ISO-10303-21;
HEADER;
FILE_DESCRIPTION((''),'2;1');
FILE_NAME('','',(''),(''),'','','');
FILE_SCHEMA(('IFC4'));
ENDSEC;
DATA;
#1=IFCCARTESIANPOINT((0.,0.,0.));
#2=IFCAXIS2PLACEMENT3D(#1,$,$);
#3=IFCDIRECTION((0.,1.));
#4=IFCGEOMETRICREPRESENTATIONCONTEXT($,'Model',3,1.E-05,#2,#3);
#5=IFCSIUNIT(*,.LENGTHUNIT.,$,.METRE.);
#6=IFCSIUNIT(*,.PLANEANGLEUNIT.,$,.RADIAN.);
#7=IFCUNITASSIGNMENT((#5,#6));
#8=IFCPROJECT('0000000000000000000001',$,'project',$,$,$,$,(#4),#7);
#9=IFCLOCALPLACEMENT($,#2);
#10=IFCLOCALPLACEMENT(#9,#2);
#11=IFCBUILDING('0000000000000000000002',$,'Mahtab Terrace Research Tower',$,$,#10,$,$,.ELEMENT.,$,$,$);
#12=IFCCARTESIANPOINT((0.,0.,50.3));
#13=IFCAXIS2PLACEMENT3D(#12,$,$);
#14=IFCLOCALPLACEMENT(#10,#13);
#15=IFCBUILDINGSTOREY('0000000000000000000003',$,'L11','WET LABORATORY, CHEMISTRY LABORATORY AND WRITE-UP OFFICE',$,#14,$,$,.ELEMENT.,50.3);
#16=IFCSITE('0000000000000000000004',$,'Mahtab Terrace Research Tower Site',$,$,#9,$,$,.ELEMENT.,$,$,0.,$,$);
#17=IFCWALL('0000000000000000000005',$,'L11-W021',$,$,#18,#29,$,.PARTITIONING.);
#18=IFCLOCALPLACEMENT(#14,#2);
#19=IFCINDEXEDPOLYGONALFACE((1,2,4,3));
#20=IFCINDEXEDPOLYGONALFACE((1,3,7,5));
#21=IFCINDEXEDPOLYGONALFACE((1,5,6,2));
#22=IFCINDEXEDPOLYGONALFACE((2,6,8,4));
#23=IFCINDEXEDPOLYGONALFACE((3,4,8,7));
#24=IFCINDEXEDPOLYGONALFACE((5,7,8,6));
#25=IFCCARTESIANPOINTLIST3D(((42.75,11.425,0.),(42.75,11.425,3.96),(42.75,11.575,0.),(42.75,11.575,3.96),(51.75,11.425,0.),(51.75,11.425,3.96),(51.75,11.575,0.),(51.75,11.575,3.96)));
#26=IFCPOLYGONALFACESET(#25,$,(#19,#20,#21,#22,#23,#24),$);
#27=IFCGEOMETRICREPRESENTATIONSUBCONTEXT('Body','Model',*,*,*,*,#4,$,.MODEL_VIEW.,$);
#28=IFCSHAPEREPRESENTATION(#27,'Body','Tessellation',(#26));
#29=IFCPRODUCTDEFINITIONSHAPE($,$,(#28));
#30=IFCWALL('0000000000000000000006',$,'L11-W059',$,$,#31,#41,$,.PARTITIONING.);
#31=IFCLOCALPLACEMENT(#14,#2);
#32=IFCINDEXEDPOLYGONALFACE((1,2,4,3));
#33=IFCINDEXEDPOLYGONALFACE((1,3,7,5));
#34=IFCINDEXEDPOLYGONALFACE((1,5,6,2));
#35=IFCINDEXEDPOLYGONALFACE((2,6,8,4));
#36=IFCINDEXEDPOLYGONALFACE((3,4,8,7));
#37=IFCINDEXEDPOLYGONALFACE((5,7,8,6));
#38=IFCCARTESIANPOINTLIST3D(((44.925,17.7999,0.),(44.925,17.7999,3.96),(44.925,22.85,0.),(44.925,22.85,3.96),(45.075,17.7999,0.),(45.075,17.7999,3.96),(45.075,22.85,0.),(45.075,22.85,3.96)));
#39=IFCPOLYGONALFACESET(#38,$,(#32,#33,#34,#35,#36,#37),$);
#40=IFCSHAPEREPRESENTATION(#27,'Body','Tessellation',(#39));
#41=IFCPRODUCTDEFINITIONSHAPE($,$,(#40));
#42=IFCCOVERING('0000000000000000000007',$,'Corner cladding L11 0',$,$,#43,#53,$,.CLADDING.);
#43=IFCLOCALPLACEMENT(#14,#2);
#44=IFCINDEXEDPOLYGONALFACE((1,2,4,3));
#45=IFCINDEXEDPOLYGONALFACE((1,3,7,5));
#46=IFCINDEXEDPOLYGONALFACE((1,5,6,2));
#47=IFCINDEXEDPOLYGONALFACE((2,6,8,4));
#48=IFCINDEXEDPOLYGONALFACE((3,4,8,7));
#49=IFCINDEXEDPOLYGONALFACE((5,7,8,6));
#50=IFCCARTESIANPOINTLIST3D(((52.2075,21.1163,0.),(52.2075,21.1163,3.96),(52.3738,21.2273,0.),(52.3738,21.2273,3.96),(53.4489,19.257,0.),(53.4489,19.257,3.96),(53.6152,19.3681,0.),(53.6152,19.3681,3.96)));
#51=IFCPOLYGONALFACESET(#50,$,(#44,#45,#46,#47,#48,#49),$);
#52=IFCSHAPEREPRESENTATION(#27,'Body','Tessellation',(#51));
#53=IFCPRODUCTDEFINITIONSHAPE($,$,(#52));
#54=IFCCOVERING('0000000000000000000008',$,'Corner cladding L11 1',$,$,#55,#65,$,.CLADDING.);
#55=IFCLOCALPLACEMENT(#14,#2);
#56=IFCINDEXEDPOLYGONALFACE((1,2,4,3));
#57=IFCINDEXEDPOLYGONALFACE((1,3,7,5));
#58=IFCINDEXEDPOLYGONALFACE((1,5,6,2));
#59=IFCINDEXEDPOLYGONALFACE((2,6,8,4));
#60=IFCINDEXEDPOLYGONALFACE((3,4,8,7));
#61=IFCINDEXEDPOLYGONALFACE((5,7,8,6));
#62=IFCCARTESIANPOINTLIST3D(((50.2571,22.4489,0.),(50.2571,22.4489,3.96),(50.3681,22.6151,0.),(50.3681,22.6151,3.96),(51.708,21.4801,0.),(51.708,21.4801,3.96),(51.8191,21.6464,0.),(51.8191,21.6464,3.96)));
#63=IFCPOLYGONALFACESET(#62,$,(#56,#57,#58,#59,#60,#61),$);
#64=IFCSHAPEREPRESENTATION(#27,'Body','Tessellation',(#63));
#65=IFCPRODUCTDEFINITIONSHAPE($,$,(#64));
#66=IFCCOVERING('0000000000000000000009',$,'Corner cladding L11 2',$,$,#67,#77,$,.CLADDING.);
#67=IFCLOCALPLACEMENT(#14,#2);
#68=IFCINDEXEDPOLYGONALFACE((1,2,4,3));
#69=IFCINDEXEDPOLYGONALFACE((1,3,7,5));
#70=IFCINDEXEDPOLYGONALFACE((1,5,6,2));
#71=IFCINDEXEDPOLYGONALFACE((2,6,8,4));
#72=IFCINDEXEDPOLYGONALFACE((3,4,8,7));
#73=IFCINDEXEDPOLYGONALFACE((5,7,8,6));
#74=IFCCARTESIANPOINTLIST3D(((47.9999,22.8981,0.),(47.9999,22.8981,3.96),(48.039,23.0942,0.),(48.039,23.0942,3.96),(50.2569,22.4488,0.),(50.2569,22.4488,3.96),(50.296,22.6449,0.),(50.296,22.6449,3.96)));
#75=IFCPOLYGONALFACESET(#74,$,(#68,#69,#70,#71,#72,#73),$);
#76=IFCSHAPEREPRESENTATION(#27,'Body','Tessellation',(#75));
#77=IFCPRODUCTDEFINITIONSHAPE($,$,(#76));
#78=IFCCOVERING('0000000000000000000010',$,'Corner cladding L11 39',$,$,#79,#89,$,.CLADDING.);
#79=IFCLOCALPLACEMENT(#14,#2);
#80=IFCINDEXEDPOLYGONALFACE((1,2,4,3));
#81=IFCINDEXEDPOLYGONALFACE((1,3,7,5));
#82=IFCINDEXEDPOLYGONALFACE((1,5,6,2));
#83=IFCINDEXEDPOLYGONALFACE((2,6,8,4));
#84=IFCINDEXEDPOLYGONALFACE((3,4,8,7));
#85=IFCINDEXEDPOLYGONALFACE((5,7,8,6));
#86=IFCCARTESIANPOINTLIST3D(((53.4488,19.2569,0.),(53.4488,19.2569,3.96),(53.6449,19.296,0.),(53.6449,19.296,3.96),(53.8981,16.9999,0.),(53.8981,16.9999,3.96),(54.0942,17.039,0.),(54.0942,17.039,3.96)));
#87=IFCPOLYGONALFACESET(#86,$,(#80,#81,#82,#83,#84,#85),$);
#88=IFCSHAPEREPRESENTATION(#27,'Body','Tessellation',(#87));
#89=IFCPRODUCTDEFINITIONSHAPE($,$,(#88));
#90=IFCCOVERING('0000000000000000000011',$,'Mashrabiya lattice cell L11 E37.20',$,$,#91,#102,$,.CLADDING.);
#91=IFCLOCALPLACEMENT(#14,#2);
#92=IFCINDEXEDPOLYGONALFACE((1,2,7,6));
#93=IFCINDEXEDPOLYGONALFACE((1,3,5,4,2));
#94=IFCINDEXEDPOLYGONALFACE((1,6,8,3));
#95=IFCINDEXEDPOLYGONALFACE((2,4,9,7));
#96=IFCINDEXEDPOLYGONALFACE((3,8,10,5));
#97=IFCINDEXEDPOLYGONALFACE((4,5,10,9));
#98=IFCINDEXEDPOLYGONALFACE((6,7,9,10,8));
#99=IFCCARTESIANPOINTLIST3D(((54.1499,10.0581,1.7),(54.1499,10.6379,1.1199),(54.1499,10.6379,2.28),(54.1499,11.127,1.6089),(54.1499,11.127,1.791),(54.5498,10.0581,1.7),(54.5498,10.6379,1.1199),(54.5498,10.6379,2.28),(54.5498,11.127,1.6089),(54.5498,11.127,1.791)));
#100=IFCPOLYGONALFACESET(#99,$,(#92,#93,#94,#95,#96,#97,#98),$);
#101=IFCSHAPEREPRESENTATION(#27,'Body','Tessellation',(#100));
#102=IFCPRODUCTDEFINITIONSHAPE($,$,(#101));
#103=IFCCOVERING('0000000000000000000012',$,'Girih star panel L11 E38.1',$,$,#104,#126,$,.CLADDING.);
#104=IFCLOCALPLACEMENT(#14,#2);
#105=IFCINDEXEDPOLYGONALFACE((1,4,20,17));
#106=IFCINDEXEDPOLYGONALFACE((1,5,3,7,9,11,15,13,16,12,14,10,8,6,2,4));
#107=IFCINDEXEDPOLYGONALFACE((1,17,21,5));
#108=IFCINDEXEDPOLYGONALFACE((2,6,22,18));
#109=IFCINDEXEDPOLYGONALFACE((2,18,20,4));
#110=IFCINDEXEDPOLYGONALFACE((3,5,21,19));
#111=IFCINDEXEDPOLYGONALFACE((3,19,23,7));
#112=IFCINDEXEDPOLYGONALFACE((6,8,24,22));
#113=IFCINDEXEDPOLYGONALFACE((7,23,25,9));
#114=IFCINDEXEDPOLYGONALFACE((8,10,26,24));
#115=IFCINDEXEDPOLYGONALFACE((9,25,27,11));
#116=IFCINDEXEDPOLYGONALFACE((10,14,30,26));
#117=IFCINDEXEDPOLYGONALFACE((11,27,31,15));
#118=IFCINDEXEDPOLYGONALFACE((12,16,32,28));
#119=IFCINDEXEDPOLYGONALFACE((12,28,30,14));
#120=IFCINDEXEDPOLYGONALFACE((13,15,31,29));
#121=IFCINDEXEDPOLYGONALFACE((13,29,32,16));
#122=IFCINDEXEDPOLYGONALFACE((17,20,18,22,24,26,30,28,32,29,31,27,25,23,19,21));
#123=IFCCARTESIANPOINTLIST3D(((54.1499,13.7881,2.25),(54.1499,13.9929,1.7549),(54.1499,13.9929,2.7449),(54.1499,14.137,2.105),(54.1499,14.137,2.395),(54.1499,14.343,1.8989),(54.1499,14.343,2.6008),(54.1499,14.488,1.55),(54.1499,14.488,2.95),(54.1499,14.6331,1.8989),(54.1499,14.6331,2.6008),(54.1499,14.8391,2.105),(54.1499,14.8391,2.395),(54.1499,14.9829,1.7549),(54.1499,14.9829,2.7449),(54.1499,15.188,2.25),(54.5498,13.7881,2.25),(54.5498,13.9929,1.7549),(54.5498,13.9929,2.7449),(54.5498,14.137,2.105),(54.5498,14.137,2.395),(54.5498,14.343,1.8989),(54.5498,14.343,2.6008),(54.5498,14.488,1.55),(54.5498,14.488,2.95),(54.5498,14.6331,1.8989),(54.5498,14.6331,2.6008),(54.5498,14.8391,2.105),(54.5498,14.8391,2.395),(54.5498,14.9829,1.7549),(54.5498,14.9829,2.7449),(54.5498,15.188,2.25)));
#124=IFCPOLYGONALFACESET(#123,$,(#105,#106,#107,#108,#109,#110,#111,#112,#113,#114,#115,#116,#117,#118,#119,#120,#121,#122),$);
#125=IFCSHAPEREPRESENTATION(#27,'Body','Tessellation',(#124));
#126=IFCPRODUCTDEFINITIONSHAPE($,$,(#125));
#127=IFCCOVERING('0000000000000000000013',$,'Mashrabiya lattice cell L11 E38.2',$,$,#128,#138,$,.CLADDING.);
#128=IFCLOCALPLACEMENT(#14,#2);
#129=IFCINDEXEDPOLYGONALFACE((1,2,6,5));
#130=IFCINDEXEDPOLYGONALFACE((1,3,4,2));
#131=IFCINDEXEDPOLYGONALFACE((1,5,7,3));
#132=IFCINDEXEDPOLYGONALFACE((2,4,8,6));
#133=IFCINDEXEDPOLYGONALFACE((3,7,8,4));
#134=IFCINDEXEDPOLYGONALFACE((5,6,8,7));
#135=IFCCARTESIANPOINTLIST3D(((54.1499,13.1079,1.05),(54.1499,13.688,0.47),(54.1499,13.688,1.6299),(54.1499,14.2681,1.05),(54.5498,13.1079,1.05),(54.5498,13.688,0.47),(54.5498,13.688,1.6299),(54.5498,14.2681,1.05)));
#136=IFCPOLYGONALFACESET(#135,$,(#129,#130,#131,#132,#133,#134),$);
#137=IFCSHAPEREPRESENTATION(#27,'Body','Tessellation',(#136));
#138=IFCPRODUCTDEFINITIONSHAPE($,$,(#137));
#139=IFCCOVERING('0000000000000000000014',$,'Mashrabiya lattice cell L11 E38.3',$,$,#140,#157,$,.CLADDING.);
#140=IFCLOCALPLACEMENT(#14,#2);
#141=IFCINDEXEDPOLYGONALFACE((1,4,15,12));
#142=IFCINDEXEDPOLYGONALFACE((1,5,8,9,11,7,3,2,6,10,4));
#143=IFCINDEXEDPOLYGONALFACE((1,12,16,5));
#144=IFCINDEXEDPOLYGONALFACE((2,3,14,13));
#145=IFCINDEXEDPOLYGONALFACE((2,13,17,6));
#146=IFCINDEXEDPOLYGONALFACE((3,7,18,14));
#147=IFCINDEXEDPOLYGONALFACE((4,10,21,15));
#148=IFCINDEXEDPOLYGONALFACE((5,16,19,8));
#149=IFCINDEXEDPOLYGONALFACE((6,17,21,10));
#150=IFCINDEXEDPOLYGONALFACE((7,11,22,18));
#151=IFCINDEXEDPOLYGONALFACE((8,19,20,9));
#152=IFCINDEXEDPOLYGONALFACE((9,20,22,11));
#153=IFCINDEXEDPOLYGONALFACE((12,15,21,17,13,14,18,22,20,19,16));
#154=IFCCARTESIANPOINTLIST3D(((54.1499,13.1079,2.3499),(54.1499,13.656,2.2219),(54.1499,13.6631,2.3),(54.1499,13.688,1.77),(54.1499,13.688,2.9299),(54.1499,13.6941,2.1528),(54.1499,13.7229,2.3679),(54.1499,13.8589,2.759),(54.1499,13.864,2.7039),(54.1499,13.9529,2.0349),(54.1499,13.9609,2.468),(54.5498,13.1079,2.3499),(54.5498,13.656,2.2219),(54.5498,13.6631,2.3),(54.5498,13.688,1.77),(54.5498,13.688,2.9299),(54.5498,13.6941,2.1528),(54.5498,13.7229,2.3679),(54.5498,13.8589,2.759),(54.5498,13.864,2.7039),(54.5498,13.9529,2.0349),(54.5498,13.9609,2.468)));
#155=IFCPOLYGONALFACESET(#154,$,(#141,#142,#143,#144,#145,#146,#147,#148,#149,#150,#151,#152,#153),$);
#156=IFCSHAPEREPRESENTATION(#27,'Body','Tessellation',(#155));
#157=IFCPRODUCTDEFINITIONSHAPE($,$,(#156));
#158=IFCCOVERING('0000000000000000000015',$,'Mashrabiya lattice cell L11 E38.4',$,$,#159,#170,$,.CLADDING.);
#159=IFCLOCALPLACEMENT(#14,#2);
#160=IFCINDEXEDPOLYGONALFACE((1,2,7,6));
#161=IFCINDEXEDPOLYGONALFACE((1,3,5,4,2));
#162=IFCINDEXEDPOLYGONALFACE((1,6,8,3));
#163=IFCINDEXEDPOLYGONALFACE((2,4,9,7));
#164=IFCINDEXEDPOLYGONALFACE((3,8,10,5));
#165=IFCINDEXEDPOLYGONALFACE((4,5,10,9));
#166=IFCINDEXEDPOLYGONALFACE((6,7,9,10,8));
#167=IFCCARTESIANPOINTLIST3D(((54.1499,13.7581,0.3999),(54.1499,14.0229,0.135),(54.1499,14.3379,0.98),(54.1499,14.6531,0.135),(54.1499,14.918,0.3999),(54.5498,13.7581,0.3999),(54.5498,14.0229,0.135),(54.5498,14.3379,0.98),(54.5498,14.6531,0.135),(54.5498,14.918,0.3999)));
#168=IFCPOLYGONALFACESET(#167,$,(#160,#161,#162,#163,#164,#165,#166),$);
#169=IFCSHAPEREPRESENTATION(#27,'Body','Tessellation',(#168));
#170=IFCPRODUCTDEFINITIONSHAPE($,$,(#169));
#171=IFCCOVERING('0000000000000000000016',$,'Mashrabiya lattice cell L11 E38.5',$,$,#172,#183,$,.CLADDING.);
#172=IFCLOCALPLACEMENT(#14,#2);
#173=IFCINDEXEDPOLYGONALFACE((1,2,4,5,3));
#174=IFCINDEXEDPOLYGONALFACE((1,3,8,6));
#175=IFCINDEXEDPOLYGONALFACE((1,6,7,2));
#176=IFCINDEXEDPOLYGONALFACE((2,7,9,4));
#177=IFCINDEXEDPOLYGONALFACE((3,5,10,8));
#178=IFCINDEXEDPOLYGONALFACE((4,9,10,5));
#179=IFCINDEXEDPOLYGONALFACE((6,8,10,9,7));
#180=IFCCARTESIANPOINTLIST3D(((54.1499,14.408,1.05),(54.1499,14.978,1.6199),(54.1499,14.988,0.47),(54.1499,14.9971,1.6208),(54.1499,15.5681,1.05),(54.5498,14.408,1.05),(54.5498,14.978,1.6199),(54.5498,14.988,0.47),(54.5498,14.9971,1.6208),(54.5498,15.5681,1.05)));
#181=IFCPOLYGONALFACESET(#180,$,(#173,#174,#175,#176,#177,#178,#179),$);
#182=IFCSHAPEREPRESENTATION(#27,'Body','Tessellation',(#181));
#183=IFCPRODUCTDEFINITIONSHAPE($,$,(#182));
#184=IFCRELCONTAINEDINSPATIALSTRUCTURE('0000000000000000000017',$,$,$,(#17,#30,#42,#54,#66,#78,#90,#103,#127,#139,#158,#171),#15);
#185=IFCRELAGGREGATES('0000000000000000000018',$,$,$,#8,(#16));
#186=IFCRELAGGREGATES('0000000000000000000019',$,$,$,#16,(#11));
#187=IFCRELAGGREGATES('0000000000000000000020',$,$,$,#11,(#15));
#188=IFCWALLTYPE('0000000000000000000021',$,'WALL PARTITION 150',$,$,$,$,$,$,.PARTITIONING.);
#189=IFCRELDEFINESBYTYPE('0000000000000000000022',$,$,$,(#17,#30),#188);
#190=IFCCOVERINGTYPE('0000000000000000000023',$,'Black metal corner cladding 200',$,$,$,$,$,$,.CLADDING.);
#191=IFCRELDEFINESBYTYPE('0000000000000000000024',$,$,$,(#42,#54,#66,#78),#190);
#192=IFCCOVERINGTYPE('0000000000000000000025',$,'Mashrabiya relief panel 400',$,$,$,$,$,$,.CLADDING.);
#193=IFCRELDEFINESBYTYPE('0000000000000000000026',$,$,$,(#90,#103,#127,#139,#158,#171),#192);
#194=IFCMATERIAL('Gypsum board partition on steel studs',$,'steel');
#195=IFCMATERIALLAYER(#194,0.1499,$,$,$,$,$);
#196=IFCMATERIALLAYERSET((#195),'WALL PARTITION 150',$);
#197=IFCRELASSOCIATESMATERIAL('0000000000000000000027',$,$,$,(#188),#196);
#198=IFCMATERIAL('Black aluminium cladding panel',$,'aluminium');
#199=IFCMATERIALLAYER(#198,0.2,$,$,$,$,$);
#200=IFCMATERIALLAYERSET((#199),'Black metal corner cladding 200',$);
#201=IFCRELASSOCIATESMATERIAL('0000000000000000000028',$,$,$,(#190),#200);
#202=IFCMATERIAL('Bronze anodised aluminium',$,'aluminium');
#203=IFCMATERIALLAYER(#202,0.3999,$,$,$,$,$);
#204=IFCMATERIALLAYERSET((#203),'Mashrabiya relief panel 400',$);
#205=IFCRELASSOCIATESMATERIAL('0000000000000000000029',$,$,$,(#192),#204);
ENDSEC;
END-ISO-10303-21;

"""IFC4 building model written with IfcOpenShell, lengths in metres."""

from ifc_helpers import new_model, si_unit, direction, frame, frame_2d, origin, origin_2d, place, context, subcontext, project, spatial, polyline, rectangle, outline, extrude, material, layer, layer_set, type_object, element, save


model = new_model("IFC4")

# Units and contexts
model_context = context("Model", 3, precision=1e-05, world=origin(), true_north=direction((0.0, 1.0)))
body_context = subcontext(model_context, "Body", "Model", "MODEL_VIEW")
ifc_project = project(units=[si_unit("LENGTHUNIT", "METRE"), si_unit("PLANEANGLEUNIT", "RADIAN")], contexts=[model_context])

# Site, building, storey
site_placement = place(None, origin())
site = spatial("IfcSite", under=ifc_project, at=site_placement, Name="Mahtab Terrace Research Tower Site", CompositionType="ELEMENT", RefElevation=0.0)
building_placement = place(site_placement, origin())
building = spatial("IfcBuilding", under=site, at=building_placement, Name="Mahtab Terrace Research Tower", CompositionType="ELEMENT")
storey_placement = place(building_placement, frame((0.0, 0.0, 50.3)))
storey = spatial("IfcBuildingStorey", under=building, at=storey_placement, Name="L11", Description="WET LABORATORY, CHEMISTRY LABORATORY AND WRITE-UP OFFICE", CompositionType="ELEMENT", Elevation=50.3)

# Walls
ifc_material_1 = material(Name="Black aluminium cladding panel", Category="aluminium")
ifc_material_2 = material(Name="Gypsum board partition on steel studs", Category="steel")
ifc_layer_1 = layer(ifc_material_2, 0.1499)
ifc_layer_set_1 = layer_set([ifc_layer_1], Name="WALL PARTITION 150")
wall_type_1 = type_object("IfcWallType", Name="WALL PARTITION 150", PredefinedType="PARTITIONING", material=ifc_layer_set_1)
wall_1_placement = place(storey_placement, frame((42.75, 11.5, 0.0), z_axis=(0.0, 0.0, 1.0), x_axis=(1.0, 0.0, 0.0)))
element("IfcWall", 1, at=wall_1_placement, inside=storey, type_object=wall_type_1, Name="L11-W021", PredefinedType="PARTITIONING", context=body_context, shape_type="SweptSolid", body=[
    extrude(rectangle(XDim=9.0, YDim=0.1499, at=frame_2d((4.5, 0.0))), origin(), (0.0, 0.0, 1.0), 3.96),
])
wall_2_placement = place(storey_placement, frame((45.0, 17.8, 0.0), z_axis=(0.0, 0.0, 1.0), x_axis=(0.0, 1.0, 0.0)))
element("IfcWall", 2, at=wall_2_placement, inside=storey, type_object=wall_type_1, Name="L11-W059", PredefinedType="PARTITIONING", context=body_context, shape_type="SweptSolid", body=[
    extrude(rectangle(XDim=5.05, YDim=0.1499, at=frame_2d((2.5249, 0.0))), origin(), (0.0, 0.0, 1.0), 3.96),
])

# Coverings
ifc_layer_2 = layer(ifc_material_1, 0.2)
ifc_layer_set_2 = layer_set([ifc_layer_2], Name="Black metal corner cladding 200")
covering_type_1 = type_object("IfcCoveringType", Name="Black metal corner cladding 200", PredefinedType="CLADDING", material=ifc_layer_set_2)
covering_1_placement = place(storey_placement, frame((52.9114, 20.2422, 0.0), z_axis=(0.0, 0.0, 1.0), x_axis=(-0.555291, 0.831656, 0.0)))
element("IfcCovering", 3, at=covering_1_placement, inside=storey, type_object=covering_type_1, Name="Corner cladding L11 0", PredefinedType="CLADDING", context=body_context, shape_type="SweptSolid", body=[
    extrude(rectangle(XDim=2.2356, YDim=0.2, at=origin_2d()), origin(), (0.0, 0.0, 1.0), 3.96),
])
covering_2_placement = place(storey_placement, frame((51.0381, 22.0476, 0.0), z_axis=(0.0, 0.0, 1.0), x_axis=(-0.831656, 0.555291, 0.0)))
element("IfcCovering", 4, at=covering_2_placement, inside=storey, type_object=covering_type_1, Name="Corner cladding L11 1", PredefinedType="CLADDING", context=body_context, shape_type="SweptSolid", body=[
    extrude(rectangle(XDim=1.7446, YDim=0.2, at=origin_2d()), origin(), (0.0, 0.0, 1.0), 3.96),
])
for number, where, z_axis, x_axis, name in (
    (5, (49.1479, 22.7715, 0.0), (0.0, 0.0, 1.0), (-0.980761, 0.195212, 0.0), "Corner cladding L11 2"),
    (6, (53.7715, 18.1479, 0.0), (0.0, 0.0, 1.0), (-0.195212, 0.980761, 0.0), "Corner cladding L11 39"),
):
    element("IfcCovering", number, at=place(storey_placement, frame(where, z_axis=z_axis, x_axis=x_axis)), inside=storey, type_object=covering_type_1, Name=name, PredefinedType="CLADDING", context=body_context, shape_type="SweptSolid", body=[
        extrude(rectangle(XDim=2.3013, YDim=0.2, at=origin_2d()), origin(), (0.0, 0.0, 1.0), 3.96),
    ])
ifc_material_3 = material(Name="Bronze anodised aluminium", Category="aluminium")
ifc_layer_3 = layer(ifc_material_3, 0.3999)
ifc_layer_set_3 = layer_set([ifc_layer_3], Name="Mashrabiya relief panel 400")
covering_type_2 = type_object("IfcCoveringType", Name="Mashrabiya relief panel 400", PredefinedType="CLADDING", material=ifc_layer_set_3)
covering_3_placement = place(storey_placement, frame((54.1499, 10.6379, 1.1199), z_axis=(-1.0, 0.0, 0.0), x_axis=(0.0, -0.706958, 0.707256)))
element("IfcCovering", 7, at=covering_3_placement, inside=storey, type_object=covering_type_2, Name="Mashrabiya lattice cell L11 E37.20", PredefinedType="CLADDING", context=body_context, shape_type="SweptSolid", body=[
    extrude(outline(polyline([(0.0, 0.0), (0.8202, 0.0), (0.8205, 0.8202), (0.129, 0.8203), (0.0001, 0.6916), (0.0, 0.0)])), origin(), (0.0, 0.0, -1.0), 0.3999),
])
covering_4_placement = place(storey_placement, frame((54.1499, 14.6331, 2.6008), z_axis=(-1.0, 0.0, 0.0), x_axis=(0.0, 0.924691, 0.380717)))
element("IfcCovering", 8, at=covering_4_placement, inside=storey, type_object=covering_type_2, Name="Girih star panel L11 E38.1", PredefinedType="CLADDING", context=body_context, shape_type="SweptSolid", body=[
    extrude(outline(polyline([(0.0, 0.0), (0.3783, 0.0), (0.1122, 0.2688), (0.3796, 0.5357), (0.0018, 0.537), (0.0014, 0.9154), (-0.2672, 0.649), (-0.5341, 0.9164), (-0.5354, 0.5386), (-0.914, 0.5385), (-0.6475, 0.2696), (-0.9149, 0.0027), (-0.5371, 0.0014), (-0.5371, -0.3769), (-0.2682, -0.1104), (-0.0012, -0.378), (0.0, 0.0)])), origin(), (0.0, 0.0, -1.0), 0.3999),
])
covering_5_placement = place(storey_placement, frame((54.1499, 13.688, 1.6299), z_axis=(-1.0, 0.0, 0.0), x_axis=(0.0, 0.707256, -0.706958)))
element("IfcCovering", 9, at=covering_5_placement, inside=storey, type_object=covering_type_2, Name="Mashrabiya lattice cell L11 E38.2", PredefinedType="CLADDING", context=body_context, shape_type="SweptSolid", body=[
    extrude(outline(polyline([(0.0, 0.0), (0.8202, 0.0), (0.82, 0.8204), (-0.0003, 0.8202), (0.0, 0.0)])), origin(), (0.0, 0.0, -1.0), 0.3999),
])
covering_6_placement = place(storey_placement, frame((54.1499, 13.688, 1.77), z_axis=(-1.0, 0.0, 0.0), x_axis=(0.0, -0.707256, 0.706958)))
element("IfcCovering", 10, at=covering_6_placement, inside=storey, type_object=covering_type_2, Name="Mashrabiya lattice cell L11 E38.3", PredefinedType="CLADDING", context=body_context, shape_type="SweptSolid", body=[
    extrude(outline(polyline([(0.0, 0.0), (0.8202, 0.0), (0.82, 0.8204), (0.5783, 0.8203), (0.5357, 0.7849), (0.3004, 0.6866), (0.398, 0.4475), (0.3923, 0.3573), (0.3421, 0.297), (0.2663, 0.2751), (-0.0001, 0.3746), (0.0, 0.0)])), origin(), (0.0, 0.0, -1.0), 0.3999),
])
covering_7_placement = place(storey_placement, frame((54.1499, 13.7581, 0.3999), z_axis=(-1.0, 0.0, 0.0), x_axis=(0.0, 0.706958, 0.707256)))
element("IfcCovering", 11, at=covering_7_placement, inside=storey, type_object=covering_type_2, Name="Mashrabiya lattice cell L11 E38.4", PredefinedType="CLADDING", context=body_context, shape_type="SweptSolid", body=[
    extrude(outline(polyline([(0.0, 0.0), (0.8202, 0.0), (0.82, 0.8204), (0.4454, 0.8203), (-0.0001, 0.3746), (0.0, 0.0)])), origin(), (0.0, 0.0, -1.0), 0.3999),
])
covering_8_placement = place(storey_placement, frame((54.1499, 15.5681, 1.05), z_axis=(-1.0, 0.0, 0.0), x_axis=(0.0, -0.707107, -0.707107)))
element("IfcCovering", 12, at=covering_8_placement, inside=storey, type_object=covering_type_2, Name="Mashrabiya lattice cell L11 E38.5", PredefinedType="CLADDING", context=body_context, shape_type="SweptSolid", body=[
    extrude(outline(polyline([(0.0, 0.0), (0.8204, 0.0), (0.8204, 0.8204), (0.0143, 0.8202), (0.0002, 0.8074), (0.0, 0.0)])), origin(), (0.0, 0.0, -1.0), 0.3999),
])

save(model, "model.ifc")
